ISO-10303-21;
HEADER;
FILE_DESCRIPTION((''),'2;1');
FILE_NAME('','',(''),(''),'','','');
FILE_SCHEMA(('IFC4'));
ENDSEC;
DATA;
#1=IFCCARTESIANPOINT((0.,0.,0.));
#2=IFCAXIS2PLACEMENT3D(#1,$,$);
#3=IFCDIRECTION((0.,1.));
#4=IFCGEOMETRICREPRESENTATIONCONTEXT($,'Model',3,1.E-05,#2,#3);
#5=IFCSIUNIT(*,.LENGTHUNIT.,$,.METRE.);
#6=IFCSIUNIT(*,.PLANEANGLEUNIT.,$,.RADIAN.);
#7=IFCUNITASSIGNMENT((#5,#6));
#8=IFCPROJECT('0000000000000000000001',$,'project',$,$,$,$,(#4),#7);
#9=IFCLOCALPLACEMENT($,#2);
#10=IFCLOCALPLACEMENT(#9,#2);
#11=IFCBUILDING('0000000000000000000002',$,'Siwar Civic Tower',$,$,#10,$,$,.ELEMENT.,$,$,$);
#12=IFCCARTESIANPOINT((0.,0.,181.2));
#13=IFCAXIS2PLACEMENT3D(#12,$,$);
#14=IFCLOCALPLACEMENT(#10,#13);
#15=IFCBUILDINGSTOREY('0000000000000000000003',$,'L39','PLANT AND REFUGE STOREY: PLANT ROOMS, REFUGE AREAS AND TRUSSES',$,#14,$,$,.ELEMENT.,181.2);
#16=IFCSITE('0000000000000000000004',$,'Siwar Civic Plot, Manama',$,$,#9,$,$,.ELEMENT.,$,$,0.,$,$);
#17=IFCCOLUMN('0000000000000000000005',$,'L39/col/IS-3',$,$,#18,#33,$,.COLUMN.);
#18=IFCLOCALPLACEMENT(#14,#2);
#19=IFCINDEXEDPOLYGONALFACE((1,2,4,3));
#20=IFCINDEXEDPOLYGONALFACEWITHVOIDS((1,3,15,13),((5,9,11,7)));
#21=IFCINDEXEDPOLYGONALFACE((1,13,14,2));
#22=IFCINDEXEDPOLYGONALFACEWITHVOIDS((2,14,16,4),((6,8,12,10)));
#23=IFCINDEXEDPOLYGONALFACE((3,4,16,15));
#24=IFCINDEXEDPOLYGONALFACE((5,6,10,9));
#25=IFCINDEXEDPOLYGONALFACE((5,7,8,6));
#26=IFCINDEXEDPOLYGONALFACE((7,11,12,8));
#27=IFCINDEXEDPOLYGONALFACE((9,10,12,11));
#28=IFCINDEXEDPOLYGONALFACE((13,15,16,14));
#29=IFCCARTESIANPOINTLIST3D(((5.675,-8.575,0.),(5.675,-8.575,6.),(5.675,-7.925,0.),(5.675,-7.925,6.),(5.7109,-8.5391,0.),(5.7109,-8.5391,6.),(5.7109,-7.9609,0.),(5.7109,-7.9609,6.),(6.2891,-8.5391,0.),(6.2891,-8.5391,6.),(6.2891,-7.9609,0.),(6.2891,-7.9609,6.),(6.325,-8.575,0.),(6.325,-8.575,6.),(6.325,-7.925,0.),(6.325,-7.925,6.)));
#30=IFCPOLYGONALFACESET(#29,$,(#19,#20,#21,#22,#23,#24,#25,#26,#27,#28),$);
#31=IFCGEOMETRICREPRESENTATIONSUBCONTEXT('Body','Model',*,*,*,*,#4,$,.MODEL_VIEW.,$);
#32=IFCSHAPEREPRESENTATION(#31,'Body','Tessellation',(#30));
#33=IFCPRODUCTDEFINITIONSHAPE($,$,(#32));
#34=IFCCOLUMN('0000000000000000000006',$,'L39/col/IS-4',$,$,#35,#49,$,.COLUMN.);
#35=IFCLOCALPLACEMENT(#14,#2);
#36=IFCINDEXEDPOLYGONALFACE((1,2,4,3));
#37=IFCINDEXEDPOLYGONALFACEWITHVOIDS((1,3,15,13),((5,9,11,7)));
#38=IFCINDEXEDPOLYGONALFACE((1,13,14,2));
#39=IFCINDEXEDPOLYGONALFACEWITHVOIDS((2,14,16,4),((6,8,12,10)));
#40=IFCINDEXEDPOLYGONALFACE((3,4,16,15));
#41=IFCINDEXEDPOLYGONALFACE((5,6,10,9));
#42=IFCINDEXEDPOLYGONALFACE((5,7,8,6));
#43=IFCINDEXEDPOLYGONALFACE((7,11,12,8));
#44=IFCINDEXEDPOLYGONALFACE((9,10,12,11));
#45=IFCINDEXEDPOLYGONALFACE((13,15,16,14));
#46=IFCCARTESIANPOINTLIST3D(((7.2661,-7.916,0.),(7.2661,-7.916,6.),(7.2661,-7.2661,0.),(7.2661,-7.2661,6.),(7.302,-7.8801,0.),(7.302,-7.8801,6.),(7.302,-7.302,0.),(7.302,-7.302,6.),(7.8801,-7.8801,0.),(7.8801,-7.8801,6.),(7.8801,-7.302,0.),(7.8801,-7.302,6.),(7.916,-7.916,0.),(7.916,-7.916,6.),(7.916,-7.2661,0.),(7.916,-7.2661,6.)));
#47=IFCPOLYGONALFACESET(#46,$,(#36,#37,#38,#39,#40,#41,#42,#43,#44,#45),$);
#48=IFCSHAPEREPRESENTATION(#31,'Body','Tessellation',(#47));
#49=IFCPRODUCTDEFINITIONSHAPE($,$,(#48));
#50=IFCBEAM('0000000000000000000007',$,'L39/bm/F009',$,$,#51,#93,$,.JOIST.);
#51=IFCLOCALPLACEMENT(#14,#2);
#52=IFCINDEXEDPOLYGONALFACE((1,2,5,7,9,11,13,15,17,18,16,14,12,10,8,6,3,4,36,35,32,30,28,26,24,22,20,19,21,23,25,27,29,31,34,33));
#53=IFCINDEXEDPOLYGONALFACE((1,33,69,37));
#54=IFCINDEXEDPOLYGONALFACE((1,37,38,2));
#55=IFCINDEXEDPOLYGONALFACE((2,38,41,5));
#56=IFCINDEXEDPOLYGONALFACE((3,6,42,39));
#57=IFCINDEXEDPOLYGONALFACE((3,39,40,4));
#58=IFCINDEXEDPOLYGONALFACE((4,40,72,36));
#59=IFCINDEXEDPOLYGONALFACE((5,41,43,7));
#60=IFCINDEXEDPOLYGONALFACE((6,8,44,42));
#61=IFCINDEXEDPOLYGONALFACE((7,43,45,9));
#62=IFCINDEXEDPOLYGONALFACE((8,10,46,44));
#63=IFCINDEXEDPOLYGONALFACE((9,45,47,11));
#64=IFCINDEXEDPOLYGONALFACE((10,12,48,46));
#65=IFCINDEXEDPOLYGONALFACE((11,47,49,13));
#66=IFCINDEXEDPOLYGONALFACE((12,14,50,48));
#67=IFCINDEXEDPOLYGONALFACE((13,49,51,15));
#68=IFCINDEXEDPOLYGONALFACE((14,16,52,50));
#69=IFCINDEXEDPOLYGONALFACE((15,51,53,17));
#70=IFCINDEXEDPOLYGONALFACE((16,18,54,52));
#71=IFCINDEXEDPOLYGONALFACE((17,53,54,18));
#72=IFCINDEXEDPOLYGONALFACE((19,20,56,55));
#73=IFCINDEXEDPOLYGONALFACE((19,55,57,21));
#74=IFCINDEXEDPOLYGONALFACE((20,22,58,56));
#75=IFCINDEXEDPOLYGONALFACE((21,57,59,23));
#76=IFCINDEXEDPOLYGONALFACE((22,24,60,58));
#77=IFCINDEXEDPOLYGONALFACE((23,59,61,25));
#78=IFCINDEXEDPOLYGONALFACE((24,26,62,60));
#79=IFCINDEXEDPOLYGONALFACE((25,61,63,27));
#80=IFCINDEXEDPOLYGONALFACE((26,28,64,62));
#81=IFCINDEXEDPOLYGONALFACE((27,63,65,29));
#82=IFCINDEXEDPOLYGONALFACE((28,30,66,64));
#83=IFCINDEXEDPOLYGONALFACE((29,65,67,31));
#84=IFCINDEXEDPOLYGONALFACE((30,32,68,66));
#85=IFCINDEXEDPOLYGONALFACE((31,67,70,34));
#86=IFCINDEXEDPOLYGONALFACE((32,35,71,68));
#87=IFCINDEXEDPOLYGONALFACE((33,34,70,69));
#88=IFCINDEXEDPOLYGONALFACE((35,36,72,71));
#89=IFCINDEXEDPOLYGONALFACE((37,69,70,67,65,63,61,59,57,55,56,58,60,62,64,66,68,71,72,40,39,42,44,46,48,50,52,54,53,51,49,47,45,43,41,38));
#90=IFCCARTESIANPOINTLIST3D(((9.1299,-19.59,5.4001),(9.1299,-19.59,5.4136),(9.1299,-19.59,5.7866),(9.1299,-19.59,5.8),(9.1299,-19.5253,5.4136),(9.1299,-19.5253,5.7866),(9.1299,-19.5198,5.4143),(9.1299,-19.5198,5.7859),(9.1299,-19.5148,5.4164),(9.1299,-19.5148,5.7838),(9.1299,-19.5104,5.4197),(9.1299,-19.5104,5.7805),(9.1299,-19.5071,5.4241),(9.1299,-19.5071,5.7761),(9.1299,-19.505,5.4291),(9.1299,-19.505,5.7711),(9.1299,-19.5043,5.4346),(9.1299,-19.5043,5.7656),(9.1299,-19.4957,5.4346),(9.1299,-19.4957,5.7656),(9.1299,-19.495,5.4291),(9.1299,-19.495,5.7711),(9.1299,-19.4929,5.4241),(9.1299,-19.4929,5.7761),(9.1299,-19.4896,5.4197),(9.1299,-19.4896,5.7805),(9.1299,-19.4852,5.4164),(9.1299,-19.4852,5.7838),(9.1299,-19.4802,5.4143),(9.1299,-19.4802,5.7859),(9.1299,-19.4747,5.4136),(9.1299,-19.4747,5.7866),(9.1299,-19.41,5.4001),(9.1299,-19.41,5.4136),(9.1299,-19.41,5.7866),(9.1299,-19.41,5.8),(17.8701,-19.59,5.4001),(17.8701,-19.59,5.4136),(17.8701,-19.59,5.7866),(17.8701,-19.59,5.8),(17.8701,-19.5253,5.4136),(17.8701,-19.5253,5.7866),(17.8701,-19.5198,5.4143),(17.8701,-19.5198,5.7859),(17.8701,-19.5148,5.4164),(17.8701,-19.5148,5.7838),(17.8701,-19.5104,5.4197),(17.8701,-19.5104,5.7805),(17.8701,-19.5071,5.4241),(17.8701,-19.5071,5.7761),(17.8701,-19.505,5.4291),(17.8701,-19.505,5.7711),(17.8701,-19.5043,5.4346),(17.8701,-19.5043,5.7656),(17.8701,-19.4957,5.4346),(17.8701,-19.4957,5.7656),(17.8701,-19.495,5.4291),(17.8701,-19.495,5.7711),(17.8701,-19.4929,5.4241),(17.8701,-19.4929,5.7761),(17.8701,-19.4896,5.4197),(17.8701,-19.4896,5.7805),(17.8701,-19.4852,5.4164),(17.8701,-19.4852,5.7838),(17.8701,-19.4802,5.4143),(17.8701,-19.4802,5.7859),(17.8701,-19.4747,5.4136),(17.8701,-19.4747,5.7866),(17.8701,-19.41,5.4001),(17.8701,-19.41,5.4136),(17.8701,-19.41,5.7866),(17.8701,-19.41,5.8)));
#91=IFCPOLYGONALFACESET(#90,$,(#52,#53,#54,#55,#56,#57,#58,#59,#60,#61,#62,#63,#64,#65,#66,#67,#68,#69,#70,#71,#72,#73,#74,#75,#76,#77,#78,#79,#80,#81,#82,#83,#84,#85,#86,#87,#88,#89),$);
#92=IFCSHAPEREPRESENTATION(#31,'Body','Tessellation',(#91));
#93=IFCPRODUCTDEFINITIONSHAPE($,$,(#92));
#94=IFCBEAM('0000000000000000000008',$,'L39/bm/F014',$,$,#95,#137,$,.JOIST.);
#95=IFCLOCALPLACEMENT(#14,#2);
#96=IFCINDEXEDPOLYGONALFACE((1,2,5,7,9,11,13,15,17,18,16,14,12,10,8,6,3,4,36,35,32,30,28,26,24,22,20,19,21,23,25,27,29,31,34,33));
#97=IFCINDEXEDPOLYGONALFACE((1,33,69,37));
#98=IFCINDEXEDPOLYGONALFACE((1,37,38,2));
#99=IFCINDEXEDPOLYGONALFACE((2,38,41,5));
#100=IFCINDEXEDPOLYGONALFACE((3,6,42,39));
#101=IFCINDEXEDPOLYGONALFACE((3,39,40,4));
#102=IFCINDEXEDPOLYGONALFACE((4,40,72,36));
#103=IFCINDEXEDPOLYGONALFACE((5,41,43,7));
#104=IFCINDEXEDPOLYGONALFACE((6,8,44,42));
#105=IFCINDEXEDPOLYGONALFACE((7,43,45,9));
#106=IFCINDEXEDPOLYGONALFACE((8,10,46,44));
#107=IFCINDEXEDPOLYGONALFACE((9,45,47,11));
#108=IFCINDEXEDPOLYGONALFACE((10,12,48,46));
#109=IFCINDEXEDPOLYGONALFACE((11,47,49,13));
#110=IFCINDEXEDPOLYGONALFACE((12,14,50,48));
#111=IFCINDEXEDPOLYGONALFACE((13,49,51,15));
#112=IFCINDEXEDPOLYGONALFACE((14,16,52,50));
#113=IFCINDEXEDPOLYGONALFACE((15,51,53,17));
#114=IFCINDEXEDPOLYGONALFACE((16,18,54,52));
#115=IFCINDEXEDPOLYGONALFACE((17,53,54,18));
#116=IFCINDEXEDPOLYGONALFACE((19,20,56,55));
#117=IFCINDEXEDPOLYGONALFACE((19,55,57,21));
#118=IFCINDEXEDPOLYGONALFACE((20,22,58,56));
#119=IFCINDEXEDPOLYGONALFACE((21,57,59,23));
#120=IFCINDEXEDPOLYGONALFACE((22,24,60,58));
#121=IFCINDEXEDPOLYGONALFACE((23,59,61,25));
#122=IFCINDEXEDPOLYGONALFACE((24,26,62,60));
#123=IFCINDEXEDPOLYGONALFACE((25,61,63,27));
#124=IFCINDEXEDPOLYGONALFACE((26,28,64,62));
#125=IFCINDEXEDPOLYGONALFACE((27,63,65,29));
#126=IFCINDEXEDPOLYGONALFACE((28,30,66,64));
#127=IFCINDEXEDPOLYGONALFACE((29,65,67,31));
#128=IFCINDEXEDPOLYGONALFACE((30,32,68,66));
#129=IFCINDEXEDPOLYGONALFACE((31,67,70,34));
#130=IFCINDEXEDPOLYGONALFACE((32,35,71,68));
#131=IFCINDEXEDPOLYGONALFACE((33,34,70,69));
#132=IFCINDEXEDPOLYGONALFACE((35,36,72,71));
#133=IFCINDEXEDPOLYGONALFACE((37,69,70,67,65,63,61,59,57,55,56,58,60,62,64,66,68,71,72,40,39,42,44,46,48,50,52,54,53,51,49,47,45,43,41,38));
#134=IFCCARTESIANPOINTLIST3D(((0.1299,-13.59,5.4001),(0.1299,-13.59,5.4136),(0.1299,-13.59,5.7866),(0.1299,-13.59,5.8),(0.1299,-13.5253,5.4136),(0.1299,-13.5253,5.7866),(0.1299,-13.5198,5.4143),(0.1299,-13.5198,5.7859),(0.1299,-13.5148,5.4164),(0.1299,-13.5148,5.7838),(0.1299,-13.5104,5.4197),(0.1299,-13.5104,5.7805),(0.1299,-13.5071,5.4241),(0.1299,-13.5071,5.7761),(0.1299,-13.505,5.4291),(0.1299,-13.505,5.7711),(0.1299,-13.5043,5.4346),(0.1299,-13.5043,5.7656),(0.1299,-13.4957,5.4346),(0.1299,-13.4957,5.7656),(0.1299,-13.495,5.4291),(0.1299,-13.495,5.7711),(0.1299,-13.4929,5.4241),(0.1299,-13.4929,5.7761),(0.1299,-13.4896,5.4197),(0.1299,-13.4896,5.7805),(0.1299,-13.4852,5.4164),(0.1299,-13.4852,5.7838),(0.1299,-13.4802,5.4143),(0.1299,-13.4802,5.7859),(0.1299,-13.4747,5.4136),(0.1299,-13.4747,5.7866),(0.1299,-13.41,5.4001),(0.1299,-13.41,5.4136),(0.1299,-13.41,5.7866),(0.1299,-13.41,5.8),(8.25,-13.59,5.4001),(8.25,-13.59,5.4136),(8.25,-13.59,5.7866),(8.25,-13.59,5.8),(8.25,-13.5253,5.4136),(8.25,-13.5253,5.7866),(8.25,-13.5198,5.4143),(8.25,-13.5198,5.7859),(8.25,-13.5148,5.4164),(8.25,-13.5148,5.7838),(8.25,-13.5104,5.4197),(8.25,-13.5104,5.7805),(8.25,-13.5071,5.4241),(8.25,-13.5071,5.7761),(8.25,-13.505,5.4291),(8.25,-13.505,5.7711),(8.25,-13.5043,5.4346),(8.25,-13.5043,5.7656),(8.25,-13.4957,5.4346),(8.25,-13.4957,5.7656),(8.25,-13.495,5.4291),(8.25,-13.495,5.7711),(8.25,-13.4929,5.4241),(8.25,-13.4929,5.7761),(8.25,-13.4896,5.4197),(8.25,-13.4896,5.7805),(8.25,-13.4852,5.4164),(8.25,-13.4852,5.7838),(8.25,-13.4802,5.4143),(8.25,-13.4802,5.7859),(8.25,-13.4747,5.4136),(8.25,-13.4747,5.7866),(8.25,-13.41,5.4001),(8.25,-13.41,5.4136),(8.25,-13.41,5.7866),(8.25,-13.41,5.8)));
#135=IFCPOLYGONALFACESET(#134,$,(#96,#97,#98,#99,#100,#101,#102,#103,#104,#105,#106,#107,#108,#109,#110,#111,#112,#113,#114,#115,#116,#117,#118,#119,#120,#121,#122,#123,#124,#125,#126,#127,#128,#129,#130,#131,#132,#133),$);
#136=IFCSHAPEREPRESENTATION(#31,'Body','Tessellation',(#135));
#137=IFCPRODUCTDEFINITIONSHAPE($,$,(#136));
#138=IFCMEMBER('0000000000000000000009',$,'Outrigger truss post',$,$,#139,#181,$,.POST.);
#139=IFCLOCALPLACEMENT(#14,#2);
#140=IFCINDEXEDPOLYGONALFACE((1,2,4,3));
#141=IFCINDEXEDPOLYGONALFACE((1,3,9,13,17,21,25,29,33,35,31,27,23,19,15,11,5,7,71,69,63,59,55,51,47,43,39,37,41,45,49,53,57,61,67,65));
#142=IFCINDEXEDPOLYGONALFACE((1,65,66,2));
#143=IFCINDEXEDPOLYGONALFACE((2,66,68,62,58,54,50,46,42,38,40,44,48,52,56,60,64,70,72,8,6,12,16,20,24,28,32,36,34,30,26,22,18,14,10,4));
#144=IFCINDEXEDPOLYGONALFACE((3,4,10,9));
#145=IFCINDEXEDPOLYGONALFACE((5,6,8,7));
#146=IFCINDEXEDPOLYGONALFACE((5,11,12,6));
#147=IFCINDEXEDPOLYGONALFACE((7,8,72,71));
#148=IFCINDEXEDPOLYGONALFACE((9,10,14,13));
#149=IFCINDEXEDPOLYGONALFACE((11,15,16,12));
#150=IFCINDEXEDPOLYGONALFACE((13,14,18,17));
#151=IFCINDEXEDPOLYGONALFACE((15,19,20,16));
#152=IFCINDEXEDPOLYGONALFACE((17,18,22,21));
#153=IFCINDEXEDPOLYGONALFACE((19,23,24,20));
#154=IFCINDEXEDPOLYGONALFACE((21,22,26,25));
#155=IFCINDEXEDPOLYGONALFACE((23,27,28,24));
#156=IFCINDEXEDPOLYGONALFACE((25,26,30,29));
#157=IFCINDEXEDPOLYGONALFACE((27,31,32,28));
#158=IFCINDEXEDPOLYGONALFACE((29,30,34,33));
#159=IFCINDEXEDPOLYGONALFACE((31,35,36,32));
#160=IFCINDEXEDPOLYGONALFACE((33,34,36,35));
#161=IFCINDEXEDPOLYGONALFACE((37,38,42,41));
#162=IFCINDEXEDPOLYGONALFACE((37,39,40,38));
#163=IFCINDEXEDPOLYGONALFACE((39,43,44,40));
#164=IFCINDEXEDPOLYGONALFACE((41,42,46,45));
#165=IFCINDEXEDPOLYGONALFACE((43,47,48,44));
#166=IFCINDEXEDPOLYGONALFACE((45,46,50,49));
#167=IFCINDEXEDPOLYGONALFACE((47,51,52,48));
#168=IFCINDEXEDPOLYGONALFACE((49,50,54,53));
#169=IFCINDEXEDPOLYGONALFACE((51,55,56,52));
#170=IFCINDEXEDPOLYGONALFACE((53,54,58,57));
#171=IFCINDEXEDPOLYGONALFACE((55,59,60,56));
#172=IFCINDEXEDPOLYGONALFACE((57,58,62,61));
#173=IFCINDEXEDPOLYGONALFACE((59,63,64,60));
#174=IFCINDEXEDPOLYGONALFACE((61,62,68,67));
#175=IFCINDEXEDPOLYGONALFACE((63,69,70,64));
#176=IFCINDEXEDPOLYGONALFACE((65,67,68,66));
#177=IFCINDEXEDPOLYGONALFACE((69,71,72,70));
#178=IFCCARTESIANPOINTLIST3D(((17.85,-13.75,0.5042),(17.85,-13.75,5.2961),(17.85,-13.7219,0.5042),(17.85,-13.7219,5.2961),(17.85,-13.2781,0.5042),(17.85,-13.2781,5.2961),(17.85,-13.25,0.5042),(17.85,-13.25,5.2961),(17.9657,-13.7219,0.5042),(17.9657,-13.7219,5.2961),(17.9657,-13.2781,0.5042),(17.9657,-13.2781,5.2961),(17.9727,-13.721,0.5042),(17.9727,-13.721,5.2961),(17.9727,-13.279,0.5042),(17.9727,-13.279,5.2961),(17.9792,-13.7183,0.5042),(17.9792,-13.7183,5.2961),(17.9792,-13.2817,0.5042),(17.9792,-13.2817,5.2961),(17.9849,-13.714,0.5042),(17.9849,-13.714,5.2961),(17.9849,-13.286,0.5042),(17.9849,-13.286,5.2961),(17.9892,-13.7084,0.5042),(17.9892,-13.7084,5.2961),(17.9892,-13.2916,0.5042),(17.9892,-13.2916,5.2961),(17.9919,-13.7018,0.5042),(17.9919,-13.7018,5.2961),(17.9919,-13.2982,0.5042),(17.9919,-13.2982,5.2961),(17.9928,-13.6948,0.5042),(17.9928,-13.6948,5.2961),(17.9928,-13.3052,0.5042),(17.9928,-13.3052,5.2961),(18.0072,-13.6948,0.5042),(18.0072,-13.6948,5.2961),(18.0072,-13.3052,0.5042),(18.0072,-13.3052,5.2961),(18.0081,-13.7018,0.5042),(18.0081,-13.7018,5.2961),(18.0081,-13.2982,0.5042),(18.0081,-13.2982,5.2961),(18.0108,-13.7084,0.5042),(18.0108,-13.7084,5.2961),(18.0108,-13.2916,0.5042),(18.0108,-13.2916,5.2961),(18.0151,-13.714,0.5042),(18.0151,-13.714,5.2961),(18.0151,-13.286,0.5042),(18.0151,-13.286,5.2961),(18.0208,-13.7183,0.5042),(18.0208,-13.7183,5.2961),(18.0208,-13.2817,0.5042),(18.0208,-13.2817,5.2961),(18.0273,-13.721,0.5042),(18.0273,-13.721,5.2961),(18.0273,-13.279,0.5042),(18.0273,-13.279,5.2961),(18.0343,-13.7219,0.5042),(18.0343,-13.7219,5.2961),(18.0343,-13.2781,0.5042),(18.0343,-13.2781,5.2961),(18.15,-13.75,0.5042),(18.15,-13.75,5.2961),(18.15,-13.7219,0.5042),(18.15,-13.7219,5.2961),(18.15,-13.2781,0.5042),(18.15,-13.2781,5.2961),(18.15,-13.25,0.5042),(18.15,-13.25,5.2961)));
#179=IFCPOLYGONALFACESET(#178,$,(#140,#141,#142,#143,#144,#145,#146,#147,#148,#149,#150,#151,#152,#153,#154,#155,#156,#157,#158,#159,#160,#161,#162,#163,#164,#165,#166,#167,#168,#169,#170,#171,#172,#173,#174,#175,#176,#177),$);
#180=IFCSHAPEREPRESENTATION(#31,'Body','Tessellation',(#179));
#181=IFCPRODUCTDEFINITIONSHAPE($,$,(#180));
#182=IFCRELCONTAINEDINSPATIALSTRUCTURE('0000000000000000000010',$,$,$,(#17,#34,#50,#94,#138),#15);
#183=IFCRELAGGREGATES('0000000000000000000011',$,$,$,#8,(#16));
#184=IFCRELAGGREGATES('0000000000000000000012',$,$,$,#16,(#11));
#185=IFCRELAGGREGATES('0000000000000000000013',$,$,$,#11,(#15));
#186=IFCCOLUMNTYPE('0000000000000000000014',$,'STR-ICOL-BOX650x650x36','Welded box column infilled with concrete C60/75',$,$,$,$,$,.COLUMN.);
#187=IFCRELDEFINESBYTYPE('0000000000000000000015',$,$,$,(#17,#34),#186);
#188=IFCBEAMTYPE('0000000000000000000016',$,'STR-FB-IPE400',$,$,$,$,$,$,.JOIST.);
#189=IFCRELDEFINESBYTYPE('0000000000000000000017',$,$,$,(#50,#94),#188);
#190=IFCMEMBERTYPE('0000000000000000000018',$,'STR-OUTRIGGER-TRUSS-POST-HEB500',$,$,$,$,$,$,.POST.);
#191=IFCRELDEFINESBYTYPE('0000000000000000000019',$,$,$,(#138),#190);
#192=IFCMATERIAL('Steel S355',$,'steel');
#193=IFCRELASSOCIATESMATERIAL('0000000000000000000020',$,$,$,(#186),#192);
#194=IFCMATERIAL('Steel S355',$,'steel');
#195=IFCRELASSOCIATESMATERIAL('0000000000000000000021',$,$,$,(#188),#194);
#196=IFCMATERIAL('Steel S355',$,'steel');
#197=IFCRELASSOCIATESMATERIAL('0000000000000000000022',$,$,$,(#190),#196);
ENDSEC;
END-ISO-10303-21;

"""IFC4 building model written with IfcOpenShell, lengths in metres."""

from ifc_helpers import new_model, si_unit, direction, frame, origin, origin_2d, place, context, subcontext, project, spatial, hollow_rectangle, i_section, extrude, material, material_profile, profile_set, type_object, element, save


model = new_model("IFC4")

# Units and contexts
model_context = context("Model", 3, precision=1e-05, world=origin(), true_north=direction((0.0, 1.0)))
body_context = subcontext(model_context, "Body", "Model", "MODEL_VIEW")
ifc_project = project(units=[si_unit("LENGTHUNIT", "METRE"), si_unit("PLANEANGLEUNIT", "RADIAN")], contexts=[model_context])

# Site, building, storey
site_placement = place(None, origin())
site = spatial("IfcSite", under=ifc_project, at=site_placement, Name="Siwar Civic Plot, Manama", CompositionType="ELEMENT", RefElevation=0.0)
building_placement = place(site_placement, origin())
building = spatial("IfcBuilding", under=site, at=building_placement, Name="Siwar Civic Tower", CompositionType="ELEMENT")
storey_placement = place(building_placement, frame((0.0, 0.0, 181.2)))
storey = spatial("IfcBuildingStorey", under=building, at=storey_placement, Name="L39", Description="PLANT AND REFUGE STOREY: PLANT ROOMS, REFUGE AREAS AND TRUSSES", CompositionType="ELEMENT", Elevation=181.2)

# Columns
ifc_material_1 = material(Name="Steel S355", Category="steel")
ifc_material_profile_1 = material_profile(ifc_material_1, hollow_rectangle(XDim=0.6499, YDim=0.6499, WallThickness=0.0359, at=origin_2d()), Name="BOX650x650x36")
ifc_profile_set_1 = profile_set([ifc_material_profile_1], Name="Steel S355")
column_type = type_object("IfcColumnType", Name="STR-ICOL-BOX650x650x36", Description="Welded box column infilled with concrete C60/75", PredefinedType="COLUMN", material=ifc_profile_set_1)
for number, where, z_axis, x_axis, name in (
    (1, (6.0, -8.25, 0.0), (0.0, 0.0, 1.0), (1.0, 0.0, 0.0), "L39/col/IS-3"),
    (2, (7.5911, -7.5911, 0.0), (0.0, 0.0, 1.0), (1.0, 0.0, 0.0), "L39/col/IS-4"),
):
    element("IfcColumn", number, at=place(storey_placement, frame(where, z_axis=z_axis, x_axis=x_axis)), inside=storey, type_object=column_type, Name=name, PredefinedType="COLUMN", context=body_context, shape_type="SweptSolid", body=[
        extrude(hollow_rectangle(XDim=0.6499, YDim=0.6499, WallThickness=0.0359, at=origin_2d()), origin(), (0.0, 0.0, 1.0), 6.0),
    ])

# Beams
ifc_material_2 = material(Name="Steel S355", Category="steel")
ifc_material_profile_2 = material_profile(ifc_material_2, i_section(OverallWidth=0.1799, OverallDepth=0.3999, WebThickness=0.0085, FlangeThickness=0.0134, FilletRadius=0.021, at=origin_2d()), Name="IPE400")
ifc_profile_set_2 = profile_set([ifc_material_profile_2], Name="Steel S355")
beam_type_1 = type_object("IfcBeamType", Name="STR-FB-IPE400", PredefinedType="JOIST", material=ifc_profile_set_2)
beam_1_placement = place(storey_placement, frame((9.1299, -19.5, 5.6001), z_axis=(1.0, 0.0, 0.0), x_axis=(0.0, 1.0, 0.0)))
element("IfcBeam", 3, at=beam_1_placement, inside=storey, type_object=beam_type_1, Name="L39/bm/F009", PredefinedType="JOIST", context=body_context, shape_type="SweptSolid", body=[
    extrude(i_section(OverallWidth=0.1799, OverallDepth=0.3999, WebThickness=0.0085, FlangeThickness=0.0134, FilletRadius=0.021, at=origin_2d()), origin(), (0.0, 0.0, 1.0), 8.7402),
])
beam_2_placement = place(storey_placement, frame((0.1299, -13.5, 5.6001), z_axis=(1.0, 0.0, 0.0), x_axis=(0.0, 1.0, 0.0)))
element("IfcBeam", 4, at=beam_2_placement, inside=storey, type_object=beam_type_1, Name="L39/bm/F014", PredefinedType="JOIST", context=body_context, shape_type="SweptSolid", body=[
    extrude(i_section(OverallWidth=0.1799, OverallDepth=0.3999, WebThickness=0.0085, FlangeThickness=0.0134, FilletRadius=0.021, at=origin_2d()), origin(), (0.0, 0.0, 1.0), 8.1201),
])

# Member
ifc_material_3 = material(Name="Steel S355", Category="steel")
ifc_material_profile_3 = material_profile(ifc_material_3, i_section(OverallWidth=0.3, OverallDepth=0.5, WebThickness=0.0144, FlangeThickness=0.0281, FilletRadius=0.0271, at=origin_2d()), Name="HEB500")
ifc_profile_set_3 = profile_set([ifc_material_profile_3], Name="Steel S355")
member_type = type_object("IfcMemberType", Name="STR-OUTRIGGER-TRUSS-POST-HEB500", PredefinedType="POST", material=ifc_profile_set_3)
member_placement = place(storey_placement, frame((18.0, -13.5, 0.5042), z_axis=(0.0, 0.0, 1.0), x_axis=(1.0, 0.0, 0.0)))
element("IfcMember", 5, at=member_placement, inside=storey, type_object=member_type, Name="Outrigger truss post", PredefinedType="POST", context=body_context, shape_type="SweptSolid", body=[
    extrude(i_section(OverallWidth=0.3, OverallDepth=0.5, WebThickness=0.0144, FlangeThickness=0.0281, FilletRadius=0.0271, at=origin_2d()), origin(), (0.0, 0.0, 1.0), 4.792),
])

save(model, "model.ifc")
